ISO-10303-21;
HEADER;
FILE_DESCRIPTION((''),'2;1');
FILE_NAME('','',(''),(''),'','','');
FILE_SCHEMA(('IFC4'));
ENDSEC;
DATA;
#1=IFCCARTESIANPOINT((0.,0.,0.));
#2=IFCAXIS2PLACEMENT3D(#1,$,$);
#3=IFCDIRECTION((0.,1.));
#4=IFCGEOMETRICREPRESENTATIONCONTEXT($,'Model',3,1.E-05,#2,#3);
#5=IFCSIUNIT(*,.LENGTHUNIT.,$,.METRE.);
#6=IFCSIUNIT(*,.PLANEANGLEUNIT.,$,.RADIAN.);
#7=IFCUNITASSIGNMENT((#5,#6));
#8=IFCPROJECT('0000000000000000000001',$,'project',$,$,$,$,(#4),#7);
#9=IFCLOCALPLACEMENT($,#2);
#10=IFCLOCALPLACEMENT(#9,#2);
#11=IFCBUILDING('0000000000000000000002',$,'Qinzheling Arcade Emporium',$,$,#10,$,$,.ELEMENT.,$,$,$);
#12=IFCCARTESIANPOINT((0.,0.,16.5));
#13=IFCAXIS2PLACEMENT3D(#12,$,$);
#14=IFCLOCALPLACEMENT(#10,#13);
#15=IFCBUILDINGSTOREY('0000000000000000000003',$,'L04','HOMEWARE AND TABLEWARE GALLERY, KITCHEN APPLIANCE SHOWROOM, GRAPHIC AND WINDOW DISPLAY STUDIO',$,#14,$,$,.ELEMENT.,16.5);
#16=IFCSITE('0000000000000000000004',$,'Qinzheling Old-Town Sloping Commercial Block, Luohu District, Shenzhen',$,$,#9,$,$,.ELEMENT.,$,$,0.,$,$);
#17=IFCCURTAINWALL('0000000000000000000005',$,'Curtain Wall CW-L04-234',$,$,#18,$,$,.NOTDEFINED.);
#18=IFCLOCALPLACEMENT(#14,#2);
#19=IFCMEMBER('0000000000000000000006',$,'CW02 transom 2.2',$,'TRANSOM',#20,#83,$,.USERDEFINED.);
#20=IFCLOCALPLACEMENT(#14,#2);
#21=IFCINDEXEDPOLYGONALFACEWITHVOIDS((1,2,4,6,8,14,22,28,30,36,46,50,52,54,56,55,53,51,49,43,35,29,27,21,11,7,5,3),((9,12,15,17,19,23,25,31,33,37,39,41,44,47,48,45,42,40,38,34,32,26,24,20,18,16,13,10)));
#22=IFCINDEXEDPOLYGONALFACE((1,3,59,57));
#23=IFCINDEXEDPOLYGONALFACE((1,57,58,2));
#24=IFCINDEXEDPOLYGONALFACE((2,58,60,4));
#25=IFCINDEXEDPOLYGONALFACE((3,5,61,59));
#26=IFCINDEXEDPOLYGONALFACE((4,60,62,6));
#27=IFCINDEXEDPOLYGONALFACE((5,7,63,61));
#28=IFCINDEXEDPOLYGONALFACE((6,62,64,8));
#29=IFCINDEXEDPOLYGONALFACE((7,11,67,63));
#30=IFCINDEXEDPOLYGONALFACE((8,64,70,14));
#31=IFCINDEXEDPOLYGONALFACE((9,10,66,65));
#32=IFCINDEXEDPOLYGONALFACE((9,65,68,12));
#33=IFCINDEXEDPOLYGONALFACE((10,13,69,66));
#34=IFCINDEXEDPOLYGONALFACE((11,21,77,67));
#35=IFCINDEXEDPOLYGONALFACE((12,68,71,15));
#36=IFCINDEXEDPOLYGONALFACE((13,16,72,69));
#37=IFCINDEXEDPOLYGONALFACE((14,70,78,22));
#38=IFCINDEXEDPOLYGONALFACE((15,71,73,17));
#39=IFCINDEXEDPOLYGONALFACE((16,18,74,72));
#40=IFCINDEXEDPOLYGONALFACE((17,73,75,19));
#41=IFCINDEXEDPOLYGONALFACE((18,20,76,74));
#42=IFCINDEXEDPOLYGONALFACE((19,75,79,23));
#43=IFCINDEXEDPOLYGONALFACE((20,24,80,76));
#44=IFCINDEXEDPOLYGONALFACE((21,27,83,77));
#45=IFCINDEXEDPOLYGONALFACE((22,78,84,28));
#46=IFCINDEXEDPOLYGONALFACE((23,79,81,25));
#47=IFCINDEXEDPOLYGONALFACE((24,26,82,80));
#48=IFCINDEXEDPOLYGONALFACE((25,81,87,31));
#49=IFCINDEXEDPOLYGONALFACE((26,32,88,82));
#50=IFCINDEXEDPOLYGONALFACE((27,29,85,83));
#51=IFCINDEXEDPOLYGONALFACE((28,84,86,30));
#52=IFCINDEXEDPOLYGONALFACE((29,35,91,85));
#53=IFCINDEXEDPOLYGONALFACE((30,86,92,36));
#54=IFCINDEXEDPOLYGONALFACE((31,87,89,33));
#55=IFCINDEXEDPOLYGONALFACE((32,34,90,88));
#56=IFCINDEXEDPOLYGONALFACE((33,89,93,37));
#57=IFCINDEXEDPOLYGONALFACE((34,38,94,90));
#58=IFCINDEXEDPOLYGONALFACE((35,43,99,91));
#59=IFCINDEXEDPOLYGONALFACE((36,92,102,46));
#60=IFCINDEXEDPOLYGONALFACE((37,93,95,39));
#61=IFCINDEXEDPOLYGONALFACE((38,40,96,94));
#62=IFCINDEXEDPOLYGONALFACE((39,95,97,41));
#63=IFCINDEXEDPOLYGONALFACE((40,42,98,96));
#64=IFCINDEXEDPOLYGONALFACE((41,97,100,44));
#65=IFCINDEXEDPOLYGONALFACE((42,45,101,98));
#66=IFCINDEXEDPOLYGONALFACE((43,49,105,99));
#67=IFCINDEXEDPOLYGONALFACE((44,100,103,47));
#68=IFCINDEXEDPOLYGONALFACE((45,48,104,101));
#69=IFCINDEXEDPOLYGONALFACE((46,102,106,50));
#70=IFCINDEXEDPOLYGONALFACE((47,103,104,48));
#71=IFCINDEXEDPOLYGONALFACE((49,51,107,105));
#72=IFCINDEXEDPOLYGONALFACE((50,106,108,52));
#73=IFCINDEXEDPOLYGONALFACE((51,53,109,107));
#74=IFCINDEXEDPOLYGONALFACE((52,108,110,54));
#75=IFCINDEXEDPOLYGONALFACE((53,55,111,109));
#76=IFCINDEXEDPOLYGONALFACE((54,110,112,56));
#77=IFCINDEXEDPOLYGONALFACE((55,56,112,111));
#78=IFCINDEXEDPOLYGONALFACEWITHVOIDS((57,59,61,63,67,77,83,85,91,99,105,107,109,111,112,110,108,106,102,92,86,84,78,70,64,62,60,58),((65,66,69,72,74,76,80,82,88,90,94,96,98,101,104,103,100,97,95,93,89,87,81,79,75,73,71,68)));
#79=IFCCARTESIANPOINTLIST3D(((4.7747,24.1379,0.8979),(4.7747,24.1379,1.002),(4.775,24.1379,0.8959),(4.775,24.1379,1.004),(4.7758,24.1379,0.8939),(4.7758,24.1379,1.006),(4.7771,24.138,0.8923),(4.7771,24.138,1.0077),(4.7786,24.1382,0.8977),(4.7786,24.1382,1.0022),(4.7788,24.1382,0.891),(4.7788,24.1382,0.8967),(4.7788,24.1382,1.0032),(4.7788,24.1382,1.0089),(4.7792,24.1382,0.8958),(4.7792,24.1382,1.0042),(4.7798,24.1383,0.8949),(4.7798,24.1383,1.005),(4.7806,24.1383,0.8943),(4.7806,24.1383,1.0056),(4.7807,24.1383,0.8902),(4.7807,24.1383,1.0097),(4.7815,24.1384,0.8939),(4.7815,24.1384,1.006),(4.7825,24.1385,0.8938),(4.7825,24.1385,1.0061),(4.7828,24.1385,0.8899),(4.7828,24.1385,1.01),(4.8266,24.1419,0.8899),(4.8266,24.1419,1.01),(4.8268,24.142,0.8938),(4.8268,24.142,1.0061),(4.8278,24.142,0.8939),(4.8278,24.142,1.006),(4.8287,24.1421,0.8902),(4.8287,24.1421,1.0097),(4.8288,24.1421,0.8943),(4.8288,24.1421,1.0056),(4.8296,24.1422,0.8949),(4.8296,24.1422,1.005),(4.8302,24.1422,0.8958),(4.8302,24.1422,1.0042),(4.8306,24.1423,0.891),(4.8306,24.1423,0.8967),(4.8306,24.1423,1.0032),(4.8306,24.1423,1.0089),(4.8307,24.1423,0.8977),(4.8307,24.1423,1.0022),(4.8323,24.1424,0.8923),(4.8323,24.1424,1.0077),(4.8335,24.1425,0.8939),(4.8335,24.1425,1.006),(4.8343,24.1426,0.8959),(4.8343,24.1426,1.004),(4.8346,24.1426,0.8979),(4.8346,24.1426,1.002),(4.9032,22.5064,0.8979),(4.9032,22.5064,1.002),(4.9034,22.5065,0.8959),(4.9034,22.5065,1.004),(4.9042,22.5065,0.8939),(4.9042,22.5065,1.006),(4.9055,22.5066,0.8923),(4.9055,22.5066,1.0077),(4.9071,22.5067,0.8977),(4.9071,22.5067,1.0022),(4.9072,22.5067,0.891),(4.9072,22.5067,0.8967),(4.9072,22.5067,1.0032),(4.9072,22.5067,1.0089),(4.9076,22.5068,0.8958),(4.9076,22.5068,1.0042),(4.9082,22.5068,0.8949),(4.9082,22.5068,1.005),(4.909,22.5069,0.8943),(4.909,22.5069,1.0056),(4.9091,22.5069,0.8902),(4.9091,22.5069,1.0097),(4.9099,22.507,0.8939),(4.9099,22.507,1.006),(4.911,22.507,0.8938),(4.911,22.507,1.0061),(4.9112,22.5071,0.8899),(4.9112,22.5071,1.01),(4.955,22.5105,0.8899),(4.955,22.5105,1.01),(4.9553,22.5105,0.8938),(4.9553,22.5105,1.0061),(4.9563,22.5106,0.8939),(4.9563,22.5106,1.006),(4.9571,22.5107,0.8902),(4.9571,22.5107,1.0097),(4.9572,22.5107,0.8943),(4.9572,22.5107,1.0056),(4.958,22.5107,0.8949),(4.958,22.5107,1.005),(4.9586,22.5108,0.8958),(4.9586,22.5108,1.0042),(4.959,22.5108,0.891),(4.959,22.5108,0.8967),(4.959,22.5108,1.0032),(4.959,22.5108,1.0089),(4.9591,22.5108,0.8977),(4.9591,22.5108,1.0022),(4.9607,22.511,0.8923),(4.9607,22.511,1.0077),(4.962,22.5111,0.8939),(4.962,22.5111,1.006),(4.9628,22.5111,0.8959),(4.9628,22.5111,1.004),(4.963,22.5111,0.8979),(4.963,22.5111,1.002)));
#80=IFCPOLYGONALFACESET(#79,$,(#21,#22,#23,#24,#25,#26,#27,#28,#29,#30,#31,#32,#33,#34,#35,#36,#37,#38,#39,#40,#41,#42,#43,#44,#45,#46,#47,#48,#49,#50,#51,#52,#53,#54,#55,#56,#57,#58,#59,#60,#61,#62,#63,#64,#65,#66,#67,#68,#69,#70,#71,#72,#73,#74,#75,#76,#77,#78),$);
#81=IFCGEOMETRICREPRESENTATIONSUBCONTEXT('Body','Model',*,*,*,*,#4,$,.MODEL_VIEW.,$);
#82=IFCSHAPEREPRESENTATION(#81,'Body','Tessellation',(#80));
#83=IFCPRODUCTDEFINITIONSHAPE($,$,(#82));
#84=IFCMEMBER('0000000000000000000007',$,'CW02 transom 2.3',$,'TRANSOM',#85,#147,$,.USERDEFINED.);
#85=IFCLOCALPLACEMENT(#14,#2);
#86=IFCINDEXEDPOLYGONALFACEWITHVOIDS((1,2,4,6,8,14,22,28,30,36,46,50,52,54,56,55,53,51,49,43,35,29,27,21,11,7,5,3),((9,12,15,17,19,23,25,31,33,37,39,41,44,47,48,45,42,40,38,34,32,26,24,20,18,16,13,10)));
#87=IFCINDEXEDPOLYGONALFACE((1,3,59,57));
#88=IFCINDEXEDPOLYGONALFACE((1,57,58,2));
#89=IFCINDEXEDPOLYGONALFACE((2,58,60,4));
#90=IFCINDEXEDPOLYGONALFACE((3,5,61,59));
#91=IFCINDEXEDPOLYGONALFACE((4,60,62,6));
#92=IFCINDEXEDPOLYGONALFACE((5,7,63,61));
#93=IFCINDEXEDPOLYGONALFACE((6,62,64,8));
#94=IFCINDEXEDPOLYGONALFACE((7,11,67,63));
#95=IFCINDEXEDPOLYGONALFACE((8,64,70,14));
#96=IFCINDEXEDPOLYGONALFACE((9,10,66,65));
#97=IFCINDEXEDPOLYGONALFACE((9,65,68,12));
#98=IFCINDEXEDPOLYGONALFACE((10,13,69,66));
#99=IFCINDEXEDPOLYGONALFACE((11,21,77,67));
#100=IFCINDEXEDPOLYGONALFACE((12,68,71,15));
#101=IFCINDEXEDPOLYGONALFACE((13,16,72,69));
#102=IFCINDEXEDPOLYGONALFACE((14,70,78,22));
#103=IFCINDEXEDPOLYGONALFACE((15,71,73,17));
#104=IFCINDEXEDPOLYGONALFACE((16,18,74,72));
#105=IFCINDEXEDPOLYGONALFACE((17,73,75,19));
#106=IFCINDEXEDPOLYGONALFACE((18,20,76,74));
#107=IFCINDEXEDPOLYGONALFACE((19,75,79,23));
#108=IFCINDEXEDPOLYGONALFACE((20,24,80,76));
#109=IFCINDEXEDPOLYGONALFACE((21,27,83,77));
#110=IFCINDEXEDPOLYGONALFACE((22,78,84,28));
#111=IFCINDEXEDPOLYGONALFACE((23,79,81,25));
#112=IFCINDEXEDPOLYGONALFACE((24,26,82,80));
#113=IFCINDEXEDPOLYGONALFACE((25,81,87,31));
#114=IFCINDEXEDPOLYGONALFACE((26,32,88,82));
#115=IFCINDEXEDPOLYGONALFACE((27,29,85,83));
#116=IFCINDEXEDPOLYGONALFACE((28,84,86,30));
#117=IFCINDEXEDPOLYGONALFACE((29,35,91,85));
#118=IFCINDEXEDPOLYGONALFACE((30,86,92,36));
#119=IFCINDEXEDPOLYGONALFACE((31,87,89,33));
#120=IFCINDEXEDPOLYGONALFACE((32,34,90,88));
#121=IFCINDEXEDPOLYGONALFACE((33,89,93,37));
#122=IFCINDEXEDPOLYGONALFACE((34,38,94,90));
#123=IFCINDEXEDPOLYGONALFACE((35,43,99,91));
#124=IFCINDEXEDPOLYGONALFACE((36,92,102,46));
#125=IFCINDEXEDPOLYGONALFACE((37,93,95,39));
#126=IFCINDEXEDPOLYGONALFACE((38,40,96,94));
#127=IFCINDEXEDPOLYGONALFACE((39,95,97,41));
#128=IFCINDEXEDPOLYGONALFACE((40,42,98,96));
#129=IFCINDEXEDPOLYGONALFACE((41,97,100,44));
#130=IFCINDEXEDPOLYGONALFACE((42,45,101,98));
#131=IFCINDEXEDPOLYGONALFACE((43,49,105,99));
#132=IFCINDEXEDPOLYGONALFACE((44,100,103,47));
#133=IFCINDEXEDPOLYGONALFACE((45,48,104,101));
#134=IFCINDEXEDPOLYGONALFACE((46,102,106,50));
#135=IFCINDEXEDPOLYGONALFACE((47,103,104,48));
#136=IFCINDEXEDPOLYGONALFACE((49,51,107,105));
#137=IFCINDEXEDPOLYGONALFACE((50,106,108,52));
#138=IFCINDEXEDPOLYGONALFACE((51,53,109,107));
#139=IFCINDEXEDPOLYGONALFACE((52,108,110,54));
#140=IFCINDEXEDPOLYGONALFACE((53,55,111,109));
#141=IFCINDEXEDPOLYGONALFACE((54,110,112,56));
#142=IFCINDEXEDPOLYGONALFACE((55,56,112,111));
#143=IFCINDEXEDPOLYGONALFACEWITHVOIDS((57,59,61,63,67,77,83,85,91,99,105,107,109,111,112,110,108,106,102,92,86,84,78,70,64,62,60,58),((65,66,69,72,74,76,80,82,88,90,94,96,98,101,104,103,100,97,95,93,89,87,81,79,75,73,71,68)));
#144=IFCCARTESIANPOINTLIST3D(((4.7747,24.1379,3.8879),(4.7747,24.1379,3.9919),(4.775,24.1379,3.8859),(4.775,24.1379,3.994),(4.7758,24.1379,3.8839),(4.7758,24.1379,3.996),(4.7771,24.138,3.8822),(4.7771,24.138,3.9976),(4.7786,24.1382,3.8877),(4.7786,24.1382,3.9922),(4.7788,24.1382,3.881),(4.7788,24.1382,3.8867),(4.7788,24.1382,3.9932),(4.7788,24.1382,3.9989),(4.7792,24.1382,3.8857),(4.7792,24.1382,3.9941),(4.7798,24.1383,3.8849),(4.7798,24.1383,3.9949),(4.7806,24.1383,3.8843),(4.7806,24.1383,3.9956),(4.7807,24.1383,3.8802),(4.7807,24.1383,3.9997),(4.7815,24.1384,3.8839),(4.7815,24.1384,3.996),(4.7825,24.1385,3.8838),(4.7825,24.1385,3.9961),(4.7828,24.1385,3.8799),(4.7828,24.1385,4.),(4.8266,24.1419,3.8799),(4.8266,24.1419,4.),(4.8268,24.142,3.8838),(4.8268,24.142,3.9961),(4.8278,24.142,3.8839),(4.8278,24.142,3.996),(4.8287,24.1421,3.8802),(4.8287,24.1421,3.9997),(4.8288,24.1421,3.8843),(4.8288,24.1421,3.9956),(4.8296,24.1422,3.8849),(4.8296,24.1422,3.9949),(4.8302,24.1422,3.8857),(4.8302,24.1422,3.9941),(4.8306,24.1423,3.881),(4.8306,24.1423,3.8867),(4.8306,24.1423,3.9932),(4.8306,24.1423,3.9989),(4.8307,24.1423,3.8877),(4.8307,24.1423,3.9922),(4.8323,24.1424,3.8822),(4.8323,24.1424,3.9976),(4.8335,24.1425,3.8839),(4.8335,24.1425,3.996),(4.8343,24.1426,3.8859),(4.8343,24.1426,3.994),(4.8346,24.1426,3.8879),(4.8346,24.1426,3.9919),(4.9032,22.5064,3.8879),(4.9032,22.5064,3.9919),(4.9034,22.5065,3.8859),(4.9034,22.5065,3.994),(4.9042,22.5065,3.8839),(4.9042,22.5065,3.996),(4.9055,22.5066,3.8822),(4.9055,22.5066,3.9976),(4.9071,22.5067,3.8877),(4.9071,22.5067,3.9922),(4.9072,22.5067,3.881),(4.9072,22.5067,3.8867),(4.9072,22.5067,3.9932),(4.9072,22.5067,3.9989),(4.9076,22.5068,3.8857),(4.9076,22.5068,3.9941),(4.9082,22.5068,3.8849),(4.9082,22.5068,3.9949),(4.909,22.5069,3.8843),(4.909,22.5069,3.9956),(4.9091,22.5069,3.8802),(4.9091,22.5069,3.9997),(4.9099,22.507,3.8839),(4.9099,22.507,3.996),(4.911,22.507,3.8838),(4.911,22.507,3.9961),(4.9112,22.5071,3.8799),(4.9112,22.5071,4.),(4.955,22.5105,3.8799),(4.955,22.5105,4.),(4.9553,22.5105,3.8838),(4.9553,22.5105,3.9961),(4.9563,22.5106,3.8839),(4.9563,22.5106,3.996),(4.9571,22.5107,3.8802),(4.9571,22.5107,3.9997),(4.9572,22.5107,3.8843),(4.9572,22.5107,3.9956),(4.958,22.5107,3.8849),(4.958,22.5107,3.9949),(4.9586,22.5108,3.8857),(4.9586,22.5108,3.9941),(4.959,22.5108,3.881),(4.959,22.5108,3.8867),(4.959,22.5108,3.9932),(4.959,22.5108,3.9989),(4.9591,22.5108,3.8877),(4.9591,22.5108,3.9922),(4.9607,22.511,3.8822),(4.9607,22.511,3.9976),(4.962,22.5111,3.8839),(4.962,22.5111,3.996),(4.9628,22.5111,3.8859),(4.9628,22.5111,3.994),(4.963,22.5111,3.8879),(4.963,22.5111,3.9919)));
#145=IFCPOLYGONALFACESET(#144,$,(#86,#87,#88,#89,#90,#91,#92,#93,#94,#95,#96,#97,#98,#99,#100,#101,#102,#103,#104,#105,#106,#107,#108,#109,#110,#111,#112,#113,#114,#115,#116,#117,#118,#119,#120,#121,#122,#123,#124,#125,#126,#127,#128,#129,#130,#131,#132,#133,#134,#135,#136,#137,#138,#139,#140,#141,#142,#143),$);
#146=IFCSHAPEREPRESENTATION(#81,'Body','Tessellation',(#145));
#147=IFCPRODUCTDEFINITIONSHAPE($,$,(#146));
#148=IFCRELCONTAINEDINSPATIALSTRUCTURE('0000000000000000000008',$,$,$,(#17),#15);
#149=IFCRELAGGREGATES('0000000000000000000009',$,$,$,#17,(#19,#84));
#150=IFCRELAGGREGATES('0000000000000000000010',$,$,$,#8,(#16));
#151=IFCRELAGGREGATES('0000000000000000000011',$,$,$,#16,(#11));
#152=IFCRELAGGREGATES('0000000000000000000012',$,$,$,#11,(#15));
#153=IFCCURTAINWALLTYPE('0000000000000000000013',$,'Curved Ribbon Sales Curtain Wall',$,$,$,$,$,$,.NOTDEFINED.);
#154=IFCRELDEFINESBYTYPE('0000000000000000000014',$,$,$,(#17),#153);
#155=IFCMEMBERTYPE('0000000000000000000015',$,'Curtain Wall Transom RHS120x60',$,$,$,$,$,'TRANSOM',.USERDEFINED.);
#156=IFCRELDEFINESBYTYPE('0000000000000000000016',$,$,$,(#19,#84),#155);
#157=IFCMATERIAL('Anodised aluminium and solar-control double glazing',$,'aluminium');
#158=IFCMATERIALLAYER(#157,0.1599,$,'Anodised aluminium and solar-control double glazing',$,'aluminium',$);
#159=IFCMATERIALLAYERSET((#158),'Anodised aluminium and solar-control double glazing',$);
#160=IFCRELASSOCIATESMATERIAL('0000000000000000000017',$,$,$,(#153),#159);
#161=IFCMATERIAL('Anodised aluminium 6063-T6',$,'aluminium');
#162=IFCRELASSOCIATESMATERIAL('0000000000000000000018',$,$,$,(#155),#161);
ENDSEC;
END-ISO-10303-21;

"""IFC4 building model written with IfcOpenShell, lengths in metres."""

from ifc_helpers import new_model, si_unit, direction, frame, origin, origin_2d, place, context, subcontext, project, spatial, hollow_rectangle, extrude, material, layer, layer_set, material_profile, profile_set, type_object, element, aggregate, save


model = new_model("IFC4")

# Units and contexts
model_context = context("Model", 3, precision=1e-05, world=origin(), true_north=direction((0.0, 1.0)))
body_context = subcontext(model_context, "Body", "Model", "MODEL_VIEW")
ifc_project = project(units=[si_unit("LENGTHUNIT", "METRE"), si_unit("PLANEANGLEUNIT", "RADIAN")], contexts=[model_context])

# Site, building, storey
site_placement = place(None, origin())
site = spatial("IfcSite", under=ifc_project, at=site_placement, Name="Qinzheling Old-Town Sloping Commercial Block, Luohu District, Shenzhen", CompositionType="ELEMENT", RefElevation=0.0)
building_placement = place(site_placement, origin())
building = spatial("IfcBuilding", under=site, at=building_placement, Name="Qinzheling Arcade Emporium", CompositionType="ELEMENT")
storey_placement = place(building_placement, frame((0.0, 0.0, 16.5)))
storey = spatial("IfcBuildingStorey", under=building, at=storey_placement, Name="L04", Description="HOMEWARE AND TABLEWARE GALLERY, KITCHEN APPLIANCE SHOWROOM, GRAPHIC AND WINDOW DISPLAY STUDIO", CompositionType="ELEMENT", Elevation=16.5)

# Curtain wall
ifc_material_1 = material(Name="Anodised aluminium and solar-control double glazing", Category="aluminium")
ifc_layer_1 = layer(ifc_material_1, 0.1599, Name="Anodised aluminium and solar-control double glazing", Category="aluminium")
ifc_layer_set_1 = layer_set([ifc_layer_1], Name="Anodised aluminium and solar-control double glazing")
curtain_wall_type_1 = type_object("IfcCurtainWallType", Name="Curved Ribbon Sales Curtain Wall", PredefinedType="NOTDEFINED", material=ifc_layer_set_1)
ifc_material_2 = material(Name="Anodised aluminium 6063-T6", Category="aluminium")
curtain_wall_1_placement = place(storey_placement, origin())
curtain_wall_1 = element("IfcCurtainWall", 1, at=curtain_wall_1_placement, inside=storey, type_object=curtain_wall_type_1, Name="Curtain Wall CW-L04-234", PredefinedType="NOTDEFINED")

# Members
ifc_material_profile_1 = material_profile(ifc_material_2, hollow_rectangle(XDim=0.0601, YDim=0.1201, WallThickness=0.0039, InnerFilletRadius=0.0039, OuterFilletRadius=0.0081, at=origin_2d()), Name="RHS 120x60x4", Category="aluminium")
ifc_profile_set_1 = profile_set([ifc_material_profile_1], Name="Anodised aluminium 6063-T6")
member_type_1 = type_object("IfcMemberType", Name="Curtain Wall Transom RHS120x60", ElementType="TRANSOM", PredefinedType="USERDEFINED", material=ifc_profile_set_1)
member_1_placement = place(storey_placement, frame((4.9331, 22.5088, 0.95), z_axis=(-0.078476, 0.996916, 0.0), x_axis=(-0.996916, -0.078476, 0.0)))
member_1 = element("IfcMember", 2, at=member_1_placement, type_object=member_type_1, Name="CW02 transom 2.2", ObjectType="TRANSOM", PredefinedType="USERDEFINED", context=body_context, shape_type="SweptSolid", body=[
    extrude(hollow_rectangle(XDim=0.0601, YDim=0.1201, WallThickness=0.0039, InnerFilletRadius=0.0039, OuterFilletRadius=0.0081, at=origin_2d()), origin(), (0.0, 0.0, 1.0), 1.6365),
])
member_2_placement = place(storey_placement, frame((4.9331, 22.5088, 3.9399), z_axis=(-0.078476, 0.996916, 0.0), x_axis=(-0.996916, -0.078476, 0.0)))
member_2 = element("IfcMember", 3, at=member_2_placement, type_object=member_type_1, Name="CW02 transom 2.3", ObjectType="TRANSOM", PredefinedType="USERDEFINED", context=body_context, shape_type="SweptSolid", body=[
    extrude(hollow_rectangle(XDim=0.0601, YDim=0.1201, WallThickness=0.0039, InnerFilletRadius=0.0039, OuterFilletRadius=0.0081, at=origin_2d()), origin(), (0.0, 0.0, 1.0), 1.6365),
])

aggregate(curtain_wall_1, [member_1, member_2])

save(model, "model.ifc")
